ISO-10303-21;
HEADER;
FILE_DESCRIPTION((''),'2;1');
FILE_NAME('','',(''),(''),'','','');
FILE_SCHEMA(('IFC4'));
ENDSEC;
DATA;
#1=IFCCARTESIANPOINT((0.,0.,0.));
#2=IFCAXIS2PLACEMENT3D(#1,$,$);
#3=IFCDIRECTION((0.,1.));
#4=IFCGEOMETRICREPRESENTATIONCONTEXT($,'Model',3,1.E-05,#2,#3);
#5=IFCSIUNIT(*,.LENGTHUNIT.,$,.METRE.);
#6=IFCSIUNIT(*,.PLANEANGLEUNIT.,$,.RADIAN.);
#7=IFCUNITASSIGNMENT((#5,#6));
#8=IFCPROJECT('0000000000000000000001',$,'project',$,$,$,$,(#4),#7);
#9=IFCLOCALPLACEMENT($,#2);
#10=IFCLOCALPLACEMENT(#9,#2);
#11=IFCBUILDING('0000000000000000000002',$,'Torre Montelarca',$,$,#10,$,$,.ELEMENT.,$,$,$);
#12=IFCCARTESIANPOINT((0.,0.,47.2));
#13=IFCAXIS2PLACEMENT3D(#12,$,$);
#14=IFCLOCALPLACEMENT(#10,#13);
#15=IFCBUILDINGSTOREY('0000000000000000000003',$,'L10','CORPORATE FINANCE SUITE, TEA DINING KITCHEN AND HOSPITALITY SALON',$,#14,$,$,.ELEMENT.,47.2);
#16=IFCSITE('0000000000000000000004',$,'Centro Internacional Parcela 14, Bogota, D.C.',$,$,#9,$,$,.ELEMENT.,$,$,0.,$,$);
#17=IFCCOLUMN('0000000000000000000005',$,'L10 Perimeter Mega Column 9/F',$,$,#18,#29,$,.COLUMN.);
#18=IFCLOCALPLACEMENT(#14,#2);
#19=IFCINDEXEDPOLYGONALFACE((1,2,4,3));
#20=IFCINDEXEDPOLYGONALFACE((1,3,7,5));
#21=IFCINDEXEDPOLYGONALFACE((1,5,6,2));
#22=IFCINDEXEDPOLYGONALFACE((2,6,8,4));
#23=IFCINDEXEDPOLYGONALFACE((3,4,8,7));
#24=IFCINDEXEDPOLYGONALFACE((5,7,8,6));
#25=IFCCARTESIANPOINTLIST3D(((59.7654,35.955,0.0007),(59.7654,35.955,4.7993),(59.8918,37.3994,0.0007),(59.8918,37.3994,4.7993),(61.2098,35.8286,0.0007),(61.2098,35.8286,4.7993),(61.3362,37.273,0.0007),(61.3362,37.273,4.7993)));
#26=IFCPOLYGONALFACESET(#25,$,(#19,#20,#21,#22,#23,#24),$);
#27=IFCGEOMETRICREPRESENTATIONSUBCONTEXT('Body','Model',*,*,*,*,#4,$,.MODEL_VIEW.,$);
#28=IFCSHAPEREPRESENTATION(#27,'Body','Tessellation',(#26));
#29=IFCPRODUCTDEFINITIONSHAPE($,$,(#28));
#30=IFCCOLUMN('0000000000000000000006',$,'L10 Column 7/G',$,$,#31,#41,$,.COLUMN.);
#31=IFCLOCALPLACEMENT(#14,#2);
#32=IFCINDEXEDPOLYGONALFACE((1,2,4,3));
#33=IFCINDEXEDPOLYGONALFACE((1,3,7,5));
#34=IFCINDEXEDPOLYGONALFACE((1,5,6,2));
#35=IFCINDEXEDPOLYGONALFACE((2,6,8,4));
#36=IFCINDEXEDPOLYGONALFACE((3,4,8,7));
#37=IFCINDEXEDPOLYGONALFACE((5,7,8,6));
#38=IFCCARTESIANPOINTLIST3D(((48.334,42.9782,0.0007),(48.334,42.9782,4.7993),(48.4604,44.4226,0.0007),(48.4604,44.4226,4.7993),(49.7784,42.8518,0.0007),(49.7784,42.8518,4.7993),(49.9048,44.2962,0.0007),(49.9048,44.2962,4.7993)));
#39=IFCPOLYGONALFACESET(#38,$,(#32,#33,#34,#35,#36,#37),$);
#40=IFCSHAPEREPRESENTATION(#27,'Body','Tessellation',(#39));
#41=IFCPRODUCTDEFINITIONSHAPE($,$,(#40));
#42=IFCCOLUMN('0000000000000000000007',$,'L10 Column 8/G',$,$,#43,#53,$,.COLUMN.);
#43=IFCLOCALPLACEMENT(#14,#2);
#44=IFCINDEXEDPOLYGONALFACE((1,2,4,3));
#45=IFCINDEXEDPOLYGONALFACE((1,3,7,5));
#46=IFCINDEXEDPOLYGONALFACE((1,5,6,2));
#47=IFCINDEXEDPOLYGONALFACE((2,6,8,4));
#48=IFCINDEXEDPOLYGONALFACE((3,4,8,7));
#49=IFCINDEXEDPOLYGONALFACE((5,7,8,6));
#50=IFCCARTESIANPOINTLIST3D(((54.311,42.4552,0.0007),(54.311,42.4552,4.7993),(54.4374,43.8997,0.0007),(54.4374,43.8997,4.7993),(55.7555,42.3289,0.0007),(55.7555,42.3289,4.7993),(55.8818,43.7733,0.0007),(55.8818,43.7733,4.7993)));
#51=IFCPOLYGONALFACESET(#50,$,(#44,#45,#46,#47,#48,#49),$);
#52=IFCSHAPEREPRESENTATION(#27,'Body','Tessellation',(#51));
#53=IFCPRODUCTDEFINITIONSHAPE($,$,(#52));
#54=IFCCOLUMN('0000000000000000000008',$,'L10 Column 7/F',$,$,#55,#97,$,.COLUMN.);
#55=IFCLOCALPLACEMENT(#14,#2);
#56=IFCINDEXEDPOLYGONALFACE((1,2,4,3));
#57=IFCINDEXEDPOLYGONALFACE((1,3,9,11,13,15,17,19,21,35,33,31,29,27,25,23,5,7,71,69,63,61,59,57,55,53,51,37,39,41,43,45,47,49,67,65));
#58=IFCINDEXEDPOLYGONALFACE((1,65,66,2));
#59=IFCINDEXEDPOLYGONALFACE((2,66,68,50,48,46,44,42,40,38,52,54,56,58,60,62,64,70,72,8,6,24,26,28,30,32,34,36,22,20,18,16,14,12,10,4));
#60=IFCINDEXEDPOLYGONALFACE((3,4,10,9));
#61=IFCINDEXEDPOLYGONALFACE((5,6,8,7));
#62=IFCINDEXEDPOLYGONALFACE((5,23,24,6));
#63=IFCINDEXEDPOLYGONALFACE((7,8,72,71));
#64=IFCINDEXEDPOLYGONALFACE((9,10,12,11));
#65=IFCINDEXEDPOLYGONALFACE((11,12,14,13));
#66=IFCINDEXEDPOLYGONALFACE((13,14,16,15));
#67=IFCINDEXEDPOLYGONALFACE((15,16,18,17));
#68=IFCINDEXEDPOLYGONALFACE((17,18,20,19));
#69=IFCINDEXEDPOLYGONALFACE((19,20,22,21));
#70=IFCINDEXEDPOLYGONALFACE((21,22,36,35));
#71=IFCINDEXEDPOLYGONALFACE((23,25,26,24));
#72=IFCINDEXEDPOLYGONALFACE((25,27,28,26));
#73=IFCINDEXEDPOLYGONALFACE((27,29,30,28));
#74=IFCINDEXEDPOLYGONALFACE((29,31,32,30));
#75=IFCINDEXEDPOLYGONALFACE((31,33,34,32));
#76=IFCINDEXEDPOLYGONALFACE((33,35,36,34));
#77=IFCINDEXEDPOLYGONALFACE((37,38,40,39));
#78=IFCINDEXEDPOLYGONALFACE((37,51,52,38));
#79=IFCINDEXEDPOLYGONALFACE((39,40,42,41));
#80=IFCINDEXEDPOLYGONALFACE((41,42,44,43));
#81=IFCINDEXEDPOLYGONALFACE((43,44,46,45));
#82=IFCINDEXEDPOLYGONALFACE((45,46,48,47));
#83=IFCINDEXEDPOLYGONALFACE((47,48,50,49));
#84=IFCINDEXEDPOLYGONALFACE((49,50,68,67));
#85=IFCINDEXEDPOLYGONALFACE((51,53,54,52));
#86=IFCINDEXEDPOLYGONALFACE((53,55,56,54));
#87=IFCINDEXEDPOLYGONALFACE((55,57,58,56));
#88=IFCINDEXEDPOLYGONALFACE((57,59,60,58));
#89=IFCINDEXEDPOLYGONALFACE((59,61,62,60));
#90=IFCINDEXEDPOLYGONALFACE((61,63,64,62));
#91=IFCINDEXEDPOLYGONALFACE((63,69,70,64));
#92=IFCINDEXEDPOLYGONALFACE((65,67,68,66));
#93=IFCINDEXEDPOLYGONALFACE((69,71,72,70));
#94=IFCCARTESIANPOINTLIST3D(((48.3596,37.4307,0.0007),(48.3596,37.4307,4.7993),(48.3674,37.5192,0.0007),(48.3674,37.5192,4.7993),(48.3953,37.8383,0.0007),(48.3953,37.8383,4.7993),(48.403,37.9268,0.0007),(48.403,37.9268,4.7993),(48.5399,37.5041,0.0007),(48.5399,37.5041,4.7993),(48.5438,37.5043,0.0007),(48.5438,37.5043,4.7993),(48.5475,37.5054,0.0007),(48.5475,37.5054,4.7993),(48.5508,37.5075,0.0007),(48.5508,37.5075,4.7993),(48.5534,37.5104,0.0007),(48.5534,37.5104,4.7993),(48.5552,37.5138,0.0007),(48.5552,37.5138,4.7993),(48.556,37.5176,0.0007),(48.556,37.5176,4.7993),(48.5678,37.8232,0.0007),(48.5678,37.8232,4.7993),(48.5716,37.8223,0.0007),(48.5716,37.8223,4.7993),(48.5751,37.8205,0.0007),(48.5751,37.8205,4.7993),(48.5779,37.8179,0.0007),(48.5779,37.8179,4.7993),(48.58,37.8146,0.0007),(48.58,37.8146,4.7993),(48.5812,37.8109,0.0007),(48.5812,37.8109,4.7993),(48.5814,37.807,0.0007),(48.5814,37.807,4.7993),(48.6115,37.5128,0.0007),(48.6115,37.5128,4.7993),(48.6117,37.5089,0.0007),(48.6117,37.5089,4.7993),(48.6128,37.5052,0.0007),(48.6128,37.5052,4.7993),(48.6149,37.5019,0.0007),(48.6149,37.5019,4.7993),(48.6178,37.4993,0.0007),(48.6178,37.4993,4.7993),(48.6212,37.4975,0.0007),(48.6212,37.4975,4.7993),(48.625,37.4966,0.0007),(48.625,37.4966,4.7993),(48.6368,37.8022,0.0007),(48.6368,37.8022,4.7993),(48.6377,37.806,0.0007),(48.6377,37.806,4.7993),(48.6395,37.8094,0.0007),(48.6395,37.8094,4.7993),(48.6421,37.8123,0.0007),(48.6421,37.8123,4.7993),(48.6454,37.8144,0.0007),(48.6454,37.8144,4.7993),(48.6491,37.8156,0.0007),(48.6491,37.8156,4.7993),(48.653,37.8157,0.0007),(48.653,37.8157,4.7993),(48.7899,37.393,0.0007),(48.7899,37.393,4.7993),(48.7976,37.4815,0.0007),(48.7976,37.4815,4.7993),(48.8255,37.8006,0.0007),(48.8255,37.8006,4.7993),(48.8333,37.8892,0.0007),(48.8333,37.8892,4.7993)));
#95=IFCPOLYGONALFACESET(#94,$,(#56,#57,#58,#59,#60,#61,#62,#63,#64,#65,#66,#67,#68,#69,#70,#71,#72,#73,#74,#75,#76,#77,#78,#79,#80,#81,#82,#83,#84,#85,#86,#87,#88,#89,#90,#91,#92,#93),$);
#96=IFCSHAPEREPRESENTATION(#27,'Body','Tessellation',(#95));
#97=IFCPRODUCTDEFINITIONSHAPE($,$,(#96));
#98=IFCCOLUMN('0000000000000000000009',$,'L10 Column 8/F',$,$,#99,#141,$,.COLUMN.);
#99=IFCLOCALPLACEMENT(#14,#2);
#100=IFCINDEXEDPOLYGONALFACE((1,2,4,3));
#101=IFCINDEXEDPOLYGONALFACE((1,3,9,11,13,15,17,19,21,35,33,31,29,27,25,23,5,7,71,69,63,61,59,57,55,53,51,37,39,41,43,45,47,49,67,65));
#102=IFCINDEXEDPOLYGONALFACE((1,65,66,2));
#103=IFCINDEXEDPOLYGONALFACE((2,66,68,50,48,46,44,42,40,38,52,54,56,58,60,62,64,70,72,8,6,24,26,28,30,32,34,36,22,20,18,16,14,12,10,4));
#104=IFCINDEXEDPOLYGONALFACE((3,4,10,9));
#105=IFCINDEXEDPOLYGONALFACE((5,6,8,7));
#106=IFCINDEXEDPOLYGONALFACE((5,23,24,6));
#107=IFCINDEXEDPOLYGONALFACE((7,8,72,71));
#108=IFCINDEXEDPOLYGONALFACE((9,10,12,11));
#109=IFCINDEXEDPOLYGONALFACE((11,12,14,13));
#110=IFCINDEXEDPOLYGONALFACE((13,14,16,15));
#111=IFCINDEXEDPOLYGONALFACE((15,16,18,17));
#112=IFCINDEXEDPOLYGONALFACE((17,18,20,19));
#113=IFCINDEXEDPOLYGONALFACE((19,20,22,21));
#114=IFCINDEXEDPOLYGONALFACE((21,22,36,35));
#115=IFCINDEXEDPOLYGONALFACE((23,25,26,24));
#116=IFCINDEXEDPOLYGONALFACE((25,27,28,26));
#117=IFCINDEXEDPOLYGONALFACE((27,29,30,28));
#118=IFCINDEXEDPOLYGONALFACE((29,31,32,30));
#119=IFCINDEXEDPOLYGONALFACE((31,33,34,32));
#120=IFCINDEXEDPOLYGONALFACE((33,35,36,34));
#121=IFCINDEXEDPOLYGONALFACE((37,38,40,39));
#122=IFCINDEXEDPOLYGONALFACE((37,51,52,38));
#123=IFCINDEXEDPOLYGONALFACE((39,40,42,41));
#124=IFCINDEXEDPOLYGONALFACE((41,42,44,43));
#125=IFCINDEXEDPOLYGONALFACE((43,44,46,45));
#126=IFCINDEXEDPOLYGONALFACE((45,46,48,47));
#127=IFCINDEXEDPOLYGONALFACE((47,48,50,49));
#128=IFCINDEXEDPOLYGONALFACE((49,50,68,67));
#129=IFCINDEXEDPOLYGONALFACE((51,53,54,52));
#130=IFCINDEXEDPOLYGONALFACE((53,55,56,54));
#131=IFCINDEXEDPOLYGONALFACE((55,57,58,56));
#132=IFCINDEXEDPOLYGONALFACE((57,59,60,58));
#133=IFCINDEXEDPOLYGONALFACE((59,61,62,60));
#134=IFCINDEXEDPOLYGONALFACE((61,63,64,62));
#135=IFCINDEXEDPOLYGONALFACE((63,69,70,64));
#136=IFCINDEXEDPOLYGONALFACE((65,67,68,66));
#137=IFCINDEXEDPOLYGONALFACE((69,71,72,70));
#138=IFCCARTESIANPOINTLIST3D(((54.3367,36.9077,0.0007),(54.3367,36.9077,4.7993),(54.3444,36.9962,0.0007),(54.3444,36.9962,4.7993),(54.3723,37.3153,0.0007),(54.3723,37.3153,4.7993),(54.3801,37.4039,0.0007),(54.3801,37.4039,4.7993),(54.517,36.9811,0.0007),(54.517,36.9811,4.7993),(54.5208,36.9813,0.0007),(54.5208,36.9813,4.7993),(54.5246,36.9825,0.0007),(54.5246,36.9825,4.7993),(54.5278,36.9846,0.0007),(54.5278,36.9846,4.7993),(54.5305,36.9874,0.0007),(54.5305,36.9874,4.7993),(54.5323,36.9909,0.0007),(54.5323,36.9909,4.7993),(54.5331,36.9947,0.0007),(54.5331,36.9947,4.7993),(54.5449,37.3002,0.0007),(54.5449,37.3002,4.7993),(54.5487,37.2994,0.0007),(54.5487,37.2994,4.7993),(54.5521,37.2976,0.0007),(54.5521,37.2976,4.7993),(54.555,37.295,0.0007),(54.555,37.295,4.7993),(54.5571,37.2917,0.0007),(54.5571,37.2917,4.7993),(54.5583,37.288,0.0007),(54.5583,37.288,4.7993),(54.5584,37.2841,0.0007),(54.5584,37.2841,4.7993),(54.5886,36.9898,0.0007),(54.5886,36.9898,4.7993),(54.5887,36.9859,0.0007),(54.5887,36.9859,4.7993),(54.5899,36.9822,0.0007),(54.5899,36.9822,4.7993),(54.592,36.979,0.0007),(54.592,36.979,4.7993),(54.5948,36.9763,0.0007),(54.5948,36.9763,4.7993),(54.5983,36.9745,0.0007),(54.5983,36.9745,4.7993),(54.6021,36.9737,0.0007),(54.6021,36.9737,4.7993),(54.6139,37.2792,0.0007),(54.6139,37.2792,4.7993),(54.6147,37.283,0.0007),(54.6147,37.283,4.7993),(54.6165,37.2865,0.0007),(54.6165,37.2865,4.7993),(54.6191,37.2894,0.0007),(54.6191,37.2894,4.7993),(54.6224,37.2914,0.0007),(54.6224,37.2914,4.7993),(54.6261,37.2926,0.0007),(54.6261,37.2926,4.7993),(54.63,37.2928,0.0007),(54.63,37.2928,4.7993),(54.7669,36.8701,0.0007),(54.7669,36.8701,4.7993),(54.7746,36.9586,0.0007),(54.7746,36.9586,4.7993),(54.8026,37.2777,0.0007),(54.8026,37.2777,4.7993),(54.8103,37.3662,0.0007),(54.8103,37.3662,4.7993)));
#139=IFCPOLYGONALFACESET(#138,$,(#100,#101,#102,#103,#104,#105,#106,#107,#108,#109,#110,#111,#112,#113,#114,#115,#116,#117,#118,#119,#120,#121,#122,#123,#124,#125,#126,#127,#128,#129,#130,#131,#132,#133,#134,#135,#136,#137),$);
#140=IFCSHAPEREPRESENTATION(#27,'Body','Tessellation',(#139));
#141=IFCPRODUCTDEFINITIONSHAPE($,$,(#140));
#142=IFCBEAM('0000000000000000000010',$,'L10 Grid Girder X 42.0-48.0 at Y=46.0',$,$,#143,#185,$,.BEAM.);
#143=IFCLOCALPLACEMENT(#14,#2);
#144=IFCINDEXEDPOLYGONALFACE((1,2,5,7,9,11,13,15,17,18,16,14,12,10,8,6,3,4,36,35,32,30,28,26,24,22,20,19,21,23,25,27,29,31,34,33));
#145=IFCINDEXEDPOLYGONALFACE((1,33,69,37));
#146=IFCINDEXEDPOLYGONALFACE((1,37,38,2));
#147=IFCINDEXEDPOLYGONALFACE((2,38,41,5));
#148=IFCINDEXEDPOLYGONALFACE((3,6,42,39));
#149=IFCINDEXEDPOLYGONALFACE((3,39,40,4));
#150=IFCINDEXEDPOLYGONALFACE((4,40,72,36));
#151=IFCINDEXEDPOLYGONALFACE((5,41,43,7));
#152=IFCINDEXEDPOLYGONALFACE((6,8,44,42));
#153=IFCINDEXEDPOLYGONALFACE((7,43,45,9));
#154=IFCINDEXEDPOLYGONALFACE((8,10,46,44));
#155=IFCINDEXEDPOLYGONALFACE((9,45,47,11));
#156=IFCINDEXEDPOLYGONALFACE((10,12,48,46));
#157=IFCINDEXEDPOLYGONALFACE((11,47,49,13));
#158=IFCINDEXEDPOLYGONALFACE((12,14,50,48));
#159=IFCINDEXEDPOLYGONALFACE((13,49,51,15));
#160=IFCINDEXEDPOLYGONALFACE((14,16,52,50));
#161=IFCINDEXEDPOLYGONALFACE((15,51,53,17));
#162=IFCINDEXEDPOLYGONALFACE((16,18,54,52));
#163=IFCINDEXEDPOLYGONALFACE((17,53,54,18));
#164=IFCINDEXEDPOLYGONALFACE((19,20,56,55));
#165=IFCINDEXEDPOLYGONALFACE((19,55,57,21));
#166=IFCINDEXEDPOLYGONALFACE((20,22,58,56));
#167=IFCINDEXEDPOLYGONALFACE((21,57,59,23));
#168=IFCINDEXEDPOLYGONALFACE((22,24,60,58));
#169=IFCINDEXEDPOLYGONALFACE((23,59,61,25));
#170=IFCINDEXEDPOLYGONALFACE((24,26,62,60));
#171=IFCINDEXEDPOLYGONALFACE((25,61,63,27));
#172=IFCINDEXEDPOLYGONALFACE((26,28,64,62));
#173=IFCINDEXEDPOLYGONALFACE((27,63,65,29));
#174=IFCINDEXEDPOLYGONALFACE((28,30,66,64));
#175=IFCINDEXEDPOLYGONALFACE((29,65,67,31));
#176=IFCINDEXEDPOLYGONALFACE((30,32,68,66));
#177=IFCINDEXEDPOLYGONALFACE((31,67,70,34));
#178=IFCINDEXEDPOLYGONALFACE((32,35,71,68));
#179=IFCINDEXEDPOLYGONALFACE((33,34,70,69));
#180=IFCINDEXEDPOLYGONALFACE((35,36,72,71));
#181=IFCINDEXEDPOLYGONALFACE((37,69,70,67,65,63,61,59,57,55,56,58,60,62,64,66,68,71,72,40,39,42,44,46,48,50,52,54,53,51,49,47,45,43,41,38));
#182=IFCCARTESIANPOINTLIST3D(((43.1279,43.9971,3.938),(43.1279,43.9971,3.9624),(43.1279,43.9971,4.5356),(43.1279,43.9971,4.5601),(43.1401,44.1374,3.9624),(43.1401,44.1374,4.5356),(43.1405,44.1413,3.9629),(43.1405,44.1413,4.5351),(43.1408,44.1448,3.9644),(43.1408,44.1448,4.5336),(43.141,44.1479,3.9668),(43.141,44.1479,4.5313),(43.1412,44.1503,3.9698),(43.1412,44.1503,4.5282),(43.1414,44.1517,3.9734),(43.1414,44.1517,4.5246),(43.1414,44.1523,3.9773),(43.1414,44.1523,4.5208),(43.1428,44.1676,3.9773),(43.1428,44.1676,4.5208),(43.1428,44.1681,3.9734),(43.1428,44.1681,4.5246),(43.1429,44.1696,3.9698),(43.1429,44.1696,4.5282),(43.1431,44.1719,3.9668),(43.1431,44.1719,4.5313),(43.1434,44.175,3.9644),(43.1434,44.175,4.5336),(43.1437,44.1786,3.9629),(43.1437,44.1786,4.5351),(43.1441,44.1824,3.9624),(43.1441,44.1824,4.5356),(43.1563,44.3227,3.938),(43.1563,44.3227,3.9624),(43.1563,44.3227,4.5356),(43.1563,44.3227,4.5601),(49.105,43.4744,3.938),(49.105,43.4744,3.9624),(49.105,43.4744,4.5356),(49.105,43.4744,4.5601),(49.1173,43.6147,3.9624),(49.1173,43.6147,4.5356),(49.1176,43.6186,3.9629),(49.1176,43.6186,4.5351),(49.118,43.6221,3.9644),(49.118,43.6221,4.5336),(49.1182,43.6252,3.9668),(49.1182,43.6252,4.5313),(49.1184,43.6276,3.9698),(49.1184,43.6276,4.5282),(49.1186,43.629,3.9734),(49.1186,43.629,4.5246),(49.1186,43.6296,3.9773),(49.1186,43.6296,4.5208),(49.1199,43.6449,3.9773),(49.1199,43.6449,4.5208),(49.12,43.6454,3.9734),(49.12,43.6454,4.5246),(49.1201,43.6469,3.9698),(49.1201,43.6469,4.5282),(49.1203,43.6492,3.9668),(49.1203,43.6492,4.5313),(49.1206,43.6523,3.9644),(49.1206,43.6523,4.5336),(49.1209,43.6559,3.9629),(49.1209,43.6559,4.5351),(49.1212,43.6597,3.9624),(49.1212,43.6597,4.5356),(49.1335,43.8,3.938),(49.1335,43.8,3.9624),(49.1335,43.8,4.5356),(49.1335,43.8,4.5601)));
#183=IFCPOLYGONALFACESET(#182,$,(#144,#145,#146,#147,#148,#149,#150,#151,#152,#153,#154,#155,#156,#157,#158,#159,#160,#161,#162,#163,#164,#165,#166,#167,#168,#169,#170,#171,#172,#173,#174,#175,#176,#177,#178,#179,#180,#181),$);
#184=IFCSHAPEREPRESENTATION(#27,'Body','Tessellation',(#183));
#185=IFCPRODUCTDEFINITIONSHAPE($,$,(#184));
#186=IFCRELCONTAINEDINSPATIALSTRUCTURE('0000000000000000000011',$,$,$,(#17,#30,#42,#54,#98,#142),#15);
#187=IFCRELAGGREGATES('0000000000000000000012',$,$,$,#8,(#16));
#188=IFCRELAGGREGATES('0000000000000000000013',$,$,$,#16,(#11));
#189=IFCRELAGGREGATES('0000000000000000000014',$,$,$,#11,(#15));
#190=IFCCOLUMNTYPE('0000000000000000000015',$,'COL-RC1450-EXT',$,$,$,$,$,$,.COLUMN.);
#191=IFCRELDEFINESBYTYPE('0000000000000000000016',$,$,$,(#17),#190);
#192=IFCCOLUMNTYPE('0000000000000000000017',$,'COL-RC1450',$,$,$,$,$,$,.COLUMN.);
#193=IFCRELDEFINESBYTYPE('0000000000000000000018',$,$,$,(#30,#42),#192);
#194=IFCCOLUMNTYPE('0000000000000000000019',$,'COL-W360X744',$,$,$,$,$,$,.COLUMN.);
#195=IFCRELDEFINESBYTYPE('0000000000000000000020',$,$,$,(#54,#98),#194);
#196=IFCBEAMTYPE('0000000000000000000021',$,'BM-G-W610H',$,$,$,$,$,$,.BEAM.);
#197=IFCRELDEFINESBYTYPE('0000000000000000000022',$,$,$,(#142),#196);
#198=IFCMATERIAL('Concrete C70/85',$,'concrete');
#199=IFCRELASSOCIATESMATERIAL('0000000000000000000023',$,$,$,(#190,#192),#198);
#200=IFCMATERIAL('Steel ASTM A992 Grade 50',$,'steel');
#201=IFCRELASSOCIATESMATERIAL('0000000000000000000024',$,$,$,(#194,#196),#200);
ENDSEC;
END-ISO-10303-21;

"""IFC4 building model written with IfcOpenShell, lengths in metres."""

from ifc_helpers import new_model, si_unit, direction, frame, origin, origin_2d, place, context, subcontext, project, spatial, rectangle, i_section, extrude, source, transform, mapped, material, material_profile, profile_set, type_object, element, save


model = new_model("IFC4")

# Units and contexts
model_context = context("Model", 3, precision=1e-05, world=origin(), true_north=direction((0.0, 1.0)))
body_context = subcontext(model_context, "Body", "Model", "MODEL_VIEW")
ifc_project = project(units=[si_unit("LENGTHUNIT", "METRE"), si_unit("PLANEANGLEUNIT", "RADIAN")], contexts=[model_context])

# Site, building, storey
site_placement = place(None, origin())
site = spatial("IfcSite", under=ifc_project, at=site_placement, Name="Centro Internacional Parcela 14, Bogota, D.C.", CompositionType="ELEMENT", RefElevation=0.0)
building_placement = place(site_placement, origin())
building = spatial("IfcBuilding", under=site, at=building_placement, Name="Torre Montelarca", CompositionType="ELEMENT")
storey_placement = place(building_placement, frame((0.0, 0.0, 47.2)))
storey = spatial("IfcBuildingStorey", under=building, at=storey_placement, Name="L10", Description="CORPORATE FINANCE SUITE, TEA DINING KITCHEN AND HOSPITALITY SALON", CompositionType="ELEMENT", Elevation=47.2)

# Columns
ifc_material_1 = material(Name="Concrete C70/85", Category="concrete")
ifc_material_profile_1 = material_profile(ifc_material_1, rectangle(XDim=1.45, YDim=1.45, at=origin_2d()), Name="RC1450X1450", Category="concrete")
ifc_profile_set_1 = profile_set([ifc_material_profile_1], Name="Concrete C70/85")
column_type_1 = type_object("IfcColumnType", Name="COL-RC1450-EXT", PredefinedType="COLUMN", material=ifc_profile_set_1)
shared_shape_1 = source(origin(), body_context, "Body", "SweptSolid", [
    extrude(rectangle(XDim=1.45, YDim=1.45, at=origin_2d()), origin(), (0.0, 0.0, 1.0), 4.7986),
])
column_placement = place(storey_placement, frame((60.5508, 36.614, 0.0007), z_axis=(0.0, 0.0, 1.0), x_axis=(-0.996195, 0.087156, 0.0)))
element("IfcColumn", 1, at=column_placement, inside=storey, type_object=column_type_1, Name="L10 Perimeter Mega Column 9/F", PredefinedType="COLUMN", context=body_context, shape_type="MappedRepresentation", body=[
    mapped(shared_shape_1, transform((0.0, 0.0, 0.0), scale=1.0)),
])
ifc_material_profile_2 = material_profile(ifc_material_1, rectangle(XDim=1.45, YDim=1.45, at=origin_2d()), Name="RC1450X1450", Category="concrete")
ifc_profile_set_2 = profile_set([ifc_material_profile_2], Name="Concrete C70/85")
column_type_2 = type_object("IfcColumnType", Name="COL-RC1450", PredefinedType="COLUMN", material=ifc_profile_set_2)
shared_shape_2 = source(origin(), body_context, "Body", "SweptSolid", [
    extrude(rectangle(XDim=1.45, YDim=1.45, at=origin_2d()), origin(), (0.0, 0.0, 1.0), 4.7986),
])
for number, where, z_axis, x_axis, name in (
    (2, (49.1194, 43.6372, 0.0007), (0.0, 0.0, 1.0), (-0.996195, 0.087156, 0.0), "L10 Column 7/G"),
    (3, (55.0964, 43.1143, 0.0007), (0.0, 0.0, 1.0), (-0.996195, 0.087156, 0.0), "L10 Column 8/G"),
):
    element("IfcColumn", number, at=place(storey_placement, frame(where, z_axis=z_axis, x_axis=x_axis)), inside=storey, type_object=column_type_2, Name=name, PredefinedType="COLUMN", context=body_context, shape_type="MappedRepresentation", body=[
        mapped(shared_shape_2, transform((0.0, 0.0, 0.0), scale=1.0)),
    ])
ifc_material_2 = material(Name="Steel ASTM A992 Grade 50", Category="steel")
ifc_material_profile_3 = material_profile(ifc_material_2, i_section(OverallWidth=0.4319, OverallDepth=0.498, WebThickness=0.0557, FlangeThickness=0.0889, FilletRadius=0.0149, at=origin_2d()), Name="W360X744", Category="steel")
ifc_profile_set_3 = profile_set([ifc_material_profile_3], Name="Steel ASTM A992 Grade 50")
column_type_3 = type_object("IfcColumnType", Name="COL-W360X744", PredefinedType="COLUMN", material=ifc_profile_set_3)
shared_shape_3 = source(origin(), body_context, "Body", "SweptSolid", [
    extrude(i_section(OverallWidth=0.4319, OverallDepth=0.498, WebThickness=0.0557, FlangeThickness=0.0889, FilletRadius=0.0149, at=origin_2d()), origin(), (0.0, 0.0, 1.0), 4.7986),
])
for number, where, z_axis, x_axis, name in (
    (4, (48.5964, 37.6599, 0.0007), (0.0, 0.0, 1.0), (-0.996195, 0.087156, 0.0), "L10 Column 7/F"),
    (5, (54.5735, 37.137, 0.0007), (0.0, 0.0, 1.0), (-0.996195, 0.087156, 0.0), "L10 Column 8/F"),
):
    element("IfcColumn", number, at=place(storey_placement, frame(where, z_axis=z_axis, x_axis=x_axis)), inside=storey, type_object=column_type_3, Name=name, PredefinedType="COLUMN", context=body_context, shape_type="MappedRepresentation", body=[
        mapped(shared_shape_3, transform((0.0, 0.0, 0.0), scale=1.0)),
    ])

# Beam
ifc_material_profile_4 = material_profile(ifc_material_2, i_section(OverallWidth=0.3269, OverallDepth=0.6221, WebThickness=0.0154, FlangeThickness=0.0244, FilletRadius=0.0149, at=origin_2d()), Name="W610X195", Category="steel")
ifc_profile_set_4 = profile_set([ifc_material_profile_4], Name="Steel ASTM A992 Grade 50")
beam_type = type_object("IfcBeamType", Name="BM-G-W610H", PredefinedType="BEAM", material=ifc_profile_set_4)
shared_shape_4 = source(origin(), body_context, "Body", "SweptSolid", [
    extrude(i_section(OverallWidth=0.3269, OverallDepth=0.6221, WebThickness=0.0154, FlangeThickness=0.0244, FilletRadius=0.0149, at=origin_2d()), origin(), (0.0, 0.0, 1.0), 6.0),
])
for number, where, z_axis, x_axis, name in (
    (6, (43.1421, 44.1599, 4.249), (0.996198, -0.087116, 0.0), (0.087116, 0.996198, 0.0), "L10 Grid Girder X 42.0-48.0 at Y=46.0"),
):
    element("IfcBeam", number, at=place(storey_placement, frame(where, z_axis=z_axis, x_axis=x_axis)), inside=storey, type_object=beam_type, Name=name, PredefinedType="BEAM", context=body_context, shape_type="MappedRepresentation", body=[
        mapped(shared_shape_4, transform((0.0, 0.0, 0.0), scale=1.0)),
    ])

save(model, "model.ifc")
